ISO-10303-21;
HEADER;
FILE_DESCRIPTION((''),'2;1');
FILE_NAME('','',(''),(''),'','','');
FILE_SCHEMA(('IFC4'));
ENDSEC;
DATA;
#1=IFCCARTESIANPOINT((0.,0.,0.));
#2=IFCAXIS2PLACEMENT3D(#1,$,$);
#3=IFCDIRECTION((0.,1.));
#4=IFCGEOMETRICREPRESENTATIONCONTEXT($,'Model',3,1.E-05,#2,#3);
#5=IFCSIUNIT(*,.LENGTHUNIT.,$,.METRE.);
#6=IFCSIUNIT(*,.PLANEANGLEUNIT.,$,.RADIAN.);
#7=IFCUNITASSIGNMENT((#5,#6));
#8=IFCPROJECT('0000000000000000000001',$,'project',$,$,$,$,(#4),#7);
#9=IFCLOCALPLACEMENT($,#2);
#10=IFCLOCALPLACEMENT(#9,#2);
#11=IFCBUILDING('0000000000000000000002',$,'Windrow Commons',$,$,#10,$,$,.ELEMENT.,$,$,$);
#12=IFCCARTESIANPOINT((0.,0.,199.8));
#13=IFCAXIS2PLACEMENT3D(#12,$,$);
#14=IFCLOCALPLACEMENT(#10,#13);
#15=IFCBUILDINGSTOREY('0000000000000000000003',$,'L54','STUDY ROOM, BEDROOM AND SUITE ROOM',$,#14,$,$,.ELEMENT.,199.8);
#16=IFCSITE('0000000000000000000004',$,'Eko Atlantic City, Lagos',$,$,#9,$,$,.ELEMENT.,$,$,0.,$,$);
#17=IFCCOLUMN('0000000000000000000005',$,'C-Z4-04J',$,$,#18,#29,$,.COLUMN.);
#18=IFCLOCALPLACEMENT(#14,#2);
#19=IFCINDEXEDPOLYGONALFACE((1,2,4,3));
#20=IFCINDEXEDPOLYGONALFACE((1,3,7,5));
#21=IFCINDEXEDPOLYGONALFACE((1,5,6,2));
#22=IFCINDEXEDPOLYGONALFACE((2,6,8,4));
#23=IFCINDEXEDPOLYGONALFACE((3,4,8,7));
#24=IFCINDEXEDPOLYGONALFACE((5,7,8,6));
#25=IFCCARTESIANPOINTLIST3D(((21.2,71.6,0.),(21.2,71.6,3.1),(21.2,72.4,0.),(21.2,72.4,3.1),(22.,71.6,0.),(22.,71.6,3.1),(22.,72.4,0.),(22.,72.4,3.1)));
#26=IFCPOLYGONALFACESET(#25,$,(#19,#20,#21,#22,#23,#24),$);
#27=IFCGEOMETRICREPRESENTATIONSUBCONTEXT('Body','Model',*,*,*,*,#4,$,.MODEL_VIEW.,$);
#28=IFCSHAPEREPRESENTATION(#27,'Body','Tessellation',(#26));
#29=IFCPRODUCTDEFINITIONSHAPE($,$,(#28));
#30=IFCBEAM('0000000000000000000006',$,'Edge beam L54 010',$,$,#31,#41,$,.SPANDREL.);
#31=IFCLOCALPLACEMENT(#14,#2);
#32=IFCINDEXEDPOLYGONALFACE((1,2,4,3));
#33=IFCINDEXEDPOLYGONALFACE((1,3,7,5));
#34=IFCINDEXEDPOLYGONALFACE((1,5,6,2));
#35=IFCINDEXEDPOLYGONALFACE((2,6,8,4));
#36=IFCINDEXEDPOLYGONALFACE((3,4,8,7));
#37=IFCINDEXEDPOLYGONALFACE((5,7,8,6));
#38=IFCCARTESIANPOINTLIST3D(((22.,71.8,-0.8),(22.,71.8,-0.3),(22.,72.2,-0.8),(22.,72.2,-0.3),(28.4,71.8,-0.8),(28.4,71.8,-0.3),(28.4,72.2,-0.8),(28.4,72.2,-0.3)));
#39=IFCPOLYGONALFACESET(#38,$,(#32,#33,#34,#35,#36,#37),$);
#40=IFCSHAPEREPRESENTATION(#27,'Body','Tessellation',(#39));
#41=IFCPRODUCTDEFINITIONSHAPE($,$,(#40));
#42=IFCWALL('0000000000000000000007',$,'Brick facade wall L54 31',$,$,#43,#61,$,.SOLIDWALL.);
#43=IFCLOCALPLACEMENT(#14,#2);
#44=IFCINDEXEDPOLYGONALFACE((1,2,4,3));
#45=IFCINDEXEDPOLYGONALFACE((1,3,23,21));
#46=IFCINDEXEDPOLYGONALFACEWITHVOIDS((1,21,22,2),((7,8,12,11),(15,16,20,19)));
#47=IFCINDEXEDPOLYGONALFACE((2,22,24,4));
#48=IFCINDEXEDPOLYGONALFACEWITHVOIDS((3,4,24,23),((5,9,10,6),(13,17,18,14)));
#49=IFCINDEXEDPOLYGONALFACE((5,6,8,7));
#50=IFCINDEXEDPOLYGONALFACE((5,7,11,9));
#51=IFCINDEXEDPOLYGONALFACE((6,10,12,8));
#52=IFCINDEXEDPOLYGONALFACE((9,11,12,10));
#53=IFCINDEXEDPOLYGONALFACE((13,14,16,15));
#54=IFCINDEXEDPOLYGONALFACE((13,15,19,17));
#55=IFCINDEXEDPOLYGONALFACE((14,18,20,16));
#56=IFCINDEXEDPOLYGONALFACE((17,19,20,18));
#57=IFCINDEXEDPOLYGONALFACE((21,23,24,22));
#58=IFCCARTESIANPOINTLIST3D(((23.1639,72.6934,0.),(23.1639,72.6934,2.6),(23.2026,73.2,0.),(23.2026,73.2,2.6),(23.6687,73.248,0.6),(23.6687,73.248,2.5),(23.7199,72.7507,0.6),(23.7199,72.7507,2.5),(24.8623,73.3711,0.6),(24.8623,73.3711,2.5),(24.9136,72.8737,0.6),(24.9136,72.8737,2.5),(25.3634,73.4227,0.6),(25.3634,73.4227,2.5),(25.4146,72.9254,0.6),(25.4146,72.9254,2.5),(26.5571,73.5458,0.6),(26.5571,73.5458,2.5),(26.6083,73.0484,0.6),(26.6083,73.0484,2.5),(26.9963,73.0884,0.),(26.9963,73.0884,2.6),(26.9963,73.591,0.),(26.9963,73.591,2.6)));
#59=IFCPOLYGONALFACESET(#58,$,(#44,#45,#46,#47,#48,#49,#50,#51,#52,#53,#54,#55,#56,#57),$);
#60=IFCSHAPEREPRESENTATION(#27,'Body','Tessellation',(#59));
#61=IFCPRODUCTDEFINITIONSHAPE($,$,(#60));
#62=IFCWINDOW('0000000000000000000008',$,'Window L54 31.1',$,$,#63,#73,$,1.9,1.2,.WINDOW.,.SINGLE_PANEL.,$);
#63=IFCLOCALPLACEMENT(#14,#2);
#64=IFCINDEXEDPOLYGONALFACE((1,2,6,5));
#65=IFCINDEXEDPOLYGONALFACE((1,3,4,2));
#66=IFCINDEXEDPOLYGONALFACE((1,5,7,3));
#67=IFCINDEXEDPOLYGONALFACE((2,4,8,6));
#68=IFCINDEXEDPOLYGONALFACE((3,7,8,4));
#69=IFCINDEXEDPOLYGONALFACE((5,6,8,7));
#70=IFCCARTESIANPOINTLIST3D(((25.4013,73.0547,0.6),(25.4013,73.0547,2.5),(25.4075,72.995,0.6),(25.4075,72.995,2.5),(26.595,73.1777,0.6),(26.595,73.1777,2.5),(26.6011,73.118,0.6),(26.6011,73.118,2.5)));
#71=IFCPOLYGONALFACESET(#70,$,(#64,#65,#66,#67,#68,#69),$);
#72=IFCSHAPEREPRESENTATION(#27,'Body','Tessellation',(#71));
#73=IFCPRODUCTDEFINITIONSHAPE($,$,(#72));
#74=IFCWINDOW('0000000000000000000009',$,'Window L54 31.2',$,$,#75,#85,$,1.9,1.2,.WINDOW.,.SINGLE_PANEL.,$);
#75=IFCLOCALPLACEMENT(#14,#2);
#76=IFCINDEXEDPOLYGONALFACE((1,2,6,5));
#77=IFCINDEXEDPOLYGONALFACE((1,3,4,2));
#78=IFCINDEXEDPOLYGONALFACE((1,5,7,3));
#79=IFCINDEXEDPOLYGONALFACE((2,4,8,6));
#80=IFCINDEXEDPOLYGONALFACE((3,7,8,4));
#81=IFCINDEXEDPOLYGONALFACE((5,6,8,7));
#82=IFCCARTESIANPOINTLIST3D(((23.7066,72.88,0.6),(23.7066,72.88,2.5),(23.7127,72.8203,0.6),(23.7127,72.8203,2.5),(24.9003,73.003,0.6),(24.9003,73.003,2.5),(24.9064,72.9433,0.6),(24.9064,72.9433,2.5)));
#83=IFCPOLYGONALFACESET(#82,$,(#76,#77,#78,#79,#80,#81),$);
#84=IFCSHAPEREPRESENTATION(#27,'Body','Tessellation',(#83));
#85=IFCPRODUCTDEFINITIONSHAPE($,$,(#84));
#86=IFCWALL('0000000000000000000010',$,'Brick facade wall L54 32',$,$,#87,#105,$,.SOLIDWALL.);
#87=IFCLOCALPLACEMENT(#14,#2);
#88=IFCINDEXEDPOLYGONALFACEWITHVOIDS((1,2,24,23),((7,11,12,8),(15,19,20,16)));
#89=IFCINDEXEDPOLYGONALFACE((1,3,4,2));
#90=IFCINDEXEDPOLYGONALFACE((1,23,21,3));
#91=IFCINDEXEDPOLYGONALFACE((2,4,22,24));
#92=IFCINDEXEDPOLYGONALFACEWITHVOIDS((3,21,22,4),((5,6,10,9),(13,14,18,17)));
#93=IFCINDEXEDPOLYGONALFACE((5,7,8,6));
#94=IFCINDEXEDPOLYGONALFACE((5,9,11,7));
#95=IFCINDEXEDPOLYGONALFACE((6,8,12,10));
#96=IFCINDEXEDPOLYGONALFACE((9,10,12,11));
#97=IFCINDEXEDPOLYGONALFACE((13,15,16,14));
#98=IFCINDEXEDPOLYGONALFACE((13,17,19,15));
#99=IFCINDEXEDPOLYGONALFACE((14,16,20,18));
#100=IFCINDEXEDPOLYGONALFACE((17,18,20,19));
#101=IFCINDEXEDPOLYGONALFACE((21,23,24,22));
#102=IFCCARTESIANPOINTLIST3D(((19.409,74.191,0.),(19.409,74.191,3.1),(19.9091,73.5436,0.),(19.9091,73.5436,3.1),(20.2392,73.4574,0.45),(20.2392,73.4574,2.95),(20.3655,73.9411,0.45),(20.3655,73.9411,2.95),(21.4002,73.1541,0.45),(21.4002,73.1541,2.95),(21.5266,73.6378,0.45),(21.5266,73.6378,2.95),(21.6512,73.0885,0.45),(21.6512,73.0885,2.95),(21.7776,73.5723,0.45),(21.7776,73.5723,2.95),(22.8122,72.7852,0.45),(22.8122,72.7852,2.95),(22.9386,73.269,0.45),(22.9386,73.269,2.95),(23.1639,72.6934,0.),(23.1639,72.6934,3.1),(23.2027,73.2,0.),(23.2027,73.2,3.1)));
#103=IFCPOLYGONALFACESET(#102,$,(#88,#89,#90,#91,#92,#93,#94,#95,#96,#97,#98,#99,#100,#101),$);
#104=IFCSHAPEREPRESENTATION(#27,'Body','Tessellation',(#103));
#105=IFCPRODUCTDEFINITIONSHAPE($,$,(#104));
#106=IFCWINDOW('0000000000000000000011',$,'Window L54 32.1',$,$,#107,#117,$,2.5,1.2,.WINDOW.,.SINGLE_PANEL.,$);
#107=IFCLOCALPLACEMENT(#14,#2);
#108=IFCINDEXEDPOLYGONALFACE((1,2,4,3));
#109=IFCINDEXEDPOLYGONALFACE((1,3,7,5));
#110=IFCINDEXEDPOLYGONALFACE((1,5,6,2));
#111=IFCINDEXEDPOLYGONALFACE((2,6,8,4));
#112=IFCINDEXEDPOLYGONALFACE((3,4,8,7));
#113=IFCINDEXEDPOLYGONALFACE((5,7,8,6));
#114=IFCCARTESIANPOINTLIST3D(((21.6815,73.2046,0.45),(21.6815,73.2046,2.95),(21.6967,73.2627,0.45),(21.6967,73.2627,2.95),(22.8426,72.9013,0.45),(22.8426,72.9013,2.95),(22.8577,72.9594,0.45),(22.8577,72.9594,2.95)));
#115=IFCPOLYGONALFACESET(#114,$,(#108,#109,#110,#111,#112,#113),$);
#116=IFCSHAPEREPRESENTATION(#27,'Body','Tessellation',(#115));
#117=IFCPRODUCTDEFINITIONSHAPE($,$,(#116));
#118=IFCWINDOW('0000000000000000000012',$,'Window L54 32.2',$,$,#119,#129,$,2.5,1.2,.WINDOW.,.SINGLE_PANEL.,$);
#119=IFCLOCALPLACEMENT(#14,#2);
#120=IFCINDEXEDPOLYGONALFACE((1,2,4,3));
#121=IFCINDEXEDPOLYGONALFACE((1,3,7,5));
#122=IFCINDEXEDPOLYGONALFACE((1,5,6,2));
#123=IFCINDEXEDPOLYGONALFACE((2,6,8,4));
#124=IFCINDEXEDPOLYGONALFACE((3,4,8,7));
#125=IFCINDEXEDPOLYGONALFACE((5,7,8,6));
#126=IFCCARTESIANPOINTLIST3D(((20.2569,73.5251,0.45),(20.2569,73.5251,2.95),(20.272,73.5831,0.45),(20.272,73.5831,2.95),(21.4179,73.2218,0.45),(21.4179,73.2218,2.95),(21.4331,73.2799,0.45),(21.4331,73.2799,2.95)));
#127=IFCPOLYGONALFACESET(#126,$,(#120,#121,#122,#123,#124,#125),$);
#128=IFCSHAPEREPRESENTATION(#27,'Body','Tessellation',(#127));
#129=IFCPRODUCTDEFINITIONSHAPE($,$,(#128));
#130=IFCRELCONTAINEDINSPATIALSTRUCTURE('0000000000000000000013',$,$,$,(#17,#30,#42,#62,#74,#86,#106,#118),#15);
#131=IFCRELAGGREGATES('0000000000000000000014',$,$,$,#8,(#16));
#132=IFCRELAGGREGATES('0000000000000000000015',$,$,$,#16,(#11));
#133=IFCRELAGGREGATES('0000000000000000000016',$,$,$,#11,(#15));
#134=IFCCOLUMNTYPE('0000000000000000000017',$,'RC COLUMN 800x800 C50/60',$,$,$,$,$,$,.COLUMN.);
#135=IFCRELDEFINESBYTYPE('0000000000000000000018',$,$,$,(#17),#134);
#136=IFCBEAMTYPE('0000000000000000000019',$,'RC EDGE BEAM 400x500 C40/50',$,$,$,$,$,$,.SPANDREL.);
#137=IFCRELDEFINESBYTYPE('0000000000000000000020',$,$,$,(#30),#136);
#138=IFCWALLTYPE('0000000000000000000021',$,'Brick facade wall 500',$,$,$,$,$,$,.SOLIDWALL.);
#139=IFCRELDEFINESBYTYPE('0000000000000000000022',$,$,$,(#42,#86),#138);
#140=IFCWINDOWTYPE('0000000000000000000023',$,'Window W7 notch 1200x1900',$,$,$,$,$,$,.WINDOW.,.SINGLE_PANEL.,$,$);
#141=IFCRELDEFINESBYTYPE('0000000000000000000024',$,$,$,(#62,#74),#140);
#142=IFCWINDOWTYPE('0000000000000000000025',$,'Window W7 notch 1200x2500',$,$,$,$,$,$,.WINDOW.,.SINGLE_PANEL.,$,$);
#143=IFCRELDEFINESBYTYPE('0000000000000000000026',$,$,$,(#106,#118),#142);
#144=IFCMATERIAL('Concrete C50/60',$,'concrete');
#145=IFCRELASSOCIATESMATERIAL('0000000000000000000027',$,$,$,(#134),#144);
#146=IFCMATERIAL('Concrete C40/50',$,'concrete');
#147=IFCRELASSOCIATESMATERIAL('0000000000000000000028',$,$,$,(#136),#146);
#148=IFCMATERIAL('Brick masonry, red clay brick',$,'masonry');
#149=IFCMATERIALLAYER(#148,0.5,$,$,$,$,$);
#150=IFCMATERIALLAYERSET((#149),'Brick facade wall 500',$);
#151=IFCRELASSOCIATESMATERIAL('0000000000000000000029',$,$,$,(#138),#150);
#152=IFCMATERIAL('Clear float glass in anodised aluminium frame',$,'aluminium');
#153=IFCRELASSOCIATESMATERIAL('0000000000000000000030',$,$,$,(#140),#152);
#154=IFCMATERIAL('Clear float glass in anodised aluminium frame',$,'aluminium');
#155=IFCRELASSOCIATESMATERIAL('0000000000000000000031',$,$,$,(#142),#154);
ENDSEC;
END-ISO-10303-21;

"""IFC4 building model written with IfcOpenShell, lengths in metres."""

from ifc_helpers import new_model, si_unit, direction, frame, frame_2d, origin, origin_2d, place, context, subcontext, project, spatial, polyline, rectangle, outline, extrude, material, layer, layer_set, material_profile, profile_set, type_object, element, fill, save


model = new_model("IFC4")

# Units and contexts
model_context = context("Model", 3, precision=1e-05, world=origin(), true_north=direction((0.0, 1.0)))
body_context = subcontext(model_context, "Body", "Model", "MODEL_VIEW")
ifc_project = project(units=[si_unit("LENGTHUNIT", "METRE"), si_unit("PLANEANGLEUNIT", "RADIAN")], contexts=[model_context])

# Site, building, storey
site_placement = place(None, origin())
site = spatial("IfcSite", under=ifc_project, at=site_placement, Name="Eko Atlantic City, Lagos", CompositionType="ELEMENT", RefElevation=0.0)
building_placement = place(site_placement, origin())
building = spatial("IfcBuilding", under=site, at=building_placement, Name="Windrow Commons", CompositionType="ELEMENT")
storey_placement = place(building_placement, frame((0.0, 0.0, 199.8)))
storey = spatial("IfcBuildingStorey", under=building, at=storey_placement, Name="L54", Description="STUDY ROOM, BEDROOM AND SUITE ROOM", CompositionType="ELEMENT", Elevation=199.8)

# Column
ifc_material_1 = material(Name="Concrete C50/60", Category="concrete")
ifc_material_profile_1 = material_profile(ifc_material_1, rectangle(XDim=0.8, YDim=0.8, at=origin_2d()))
ifc_profile_set_1 = profile_set([ifc_material_profile_1], Name="Concrete C50/60")
column_type = type_object("IfcColumnType", Name="RC COLUMN 800x800 C50/60", PredefinedType="COLUMN", material=ifc_profile_set_1)
column_placement = place(storey_placement, frame((21.6, 72.0, 0.0), z_axis=(0.0, 0.0, 1.0), x_axis=(1.0, 0.0, 0.0)))
element("IfcColumn", 1, at=column_placement, inside=storey, type_object=column_type, Name="C-Z4-04J", PredefinedType="COLUMN", context=body_context, shape_type="SweptSolid", body=[
    extrude(rectangle(XDim=0.8, YDim=0.8, at=origin_2d()), origin(), (0.0, 0.0, 1.0), 3.1),
])

# Beam
ifc_material_2 = material(Name="Concrete C40/50", Category="concrete")
ifc_material_profile_2 = material_profile(ifc_material_2, rectangle(XDim=0.4, YDim=0.5, at=origin_2d()))
ifc_profile_set_2 = profile_set([ifc_material_profile_2], Name="Concrete C40/50")
beam_type = type_object("IfcBeamType", Name="RC EDGE BEAM 400x500 C40/50", PredefinedType="SPANDREL", material=ifc_profile_set_2)
beam_placement = place(storey_placement, frame((22.0, 72.0, -0.55), z_axis=(1.0, 0.0, 0.0), x_axis=(0.0, 1.0, 0.0)))
element("IfcBeam", 2, at=beam_placement, inside=storey, type_object=beam_type, Name="Edge beam L54 010", PredefinedType="SPANDREL", context=body_context, shape_type="SweptSolid", body=[
    extrude(rectangle(XDim=0.4, YDim=0.5, at=origin_2d()), origin(), (0.0, 0.0, 1.0), 6.4),
])

# Walls, openings, windows
ifc_material_3 = material(Name="Brick masonry, red clay brick", Category="masonry")
ifc_layer_1 = layer(ifc_material_3, 0.5)
ifc_layer_set_1 = layer_set([ifc_layer_1], Name="Brick facade wall 500")
wall_type_1 = type_object("IfcWallType", Name="Brick facade wall 500", PredefinedType="SOLIDWALL", material=ifc_layer_set_1)
wall_1_placement = place(storey_placement, frame((26.9963, 73.3397, 0.0), z_axis=(0.0, 0.0, 1.0), x_axis=(-0.99473, -0.102525, 0.0)))
wall_1 = element("IfcWall", 3, at=wall_1_placement, inside=storey, type_object=wall_type_1, Name="Brick facade wall L54 31", PredefinedType="SOLIDWALL", context=body_context, shape_type="SweptSolid", body=[
    extrude(outline(polyline([(-0.0258, -0.25), (3.788, -0.25), (3.8785, 0.25), (0.0258, 0.25), (-0.0258, -0.25)])), origin(), (0.0, 0.0, 1.0), 2.6),
])
opening_1_placement = place(wall_1_placement, frame((0.4158, 0.0, 0.6)))
opening_1 = element("IfcOpeningElement", 4, at=opening_1_placement, cuts=wall_1, PredefinedType="OPENING", context=body_context, shape_type="SweptSolid", body=[
    extrude(rectangle(XDim=1.2, YDim=1.9, at=frame_2d((0.6, 0.95))), frame((0.0, 0.26, 0.0), z_axis=(0.0, -1.0, 0.0), x_axis=(1.0, 0.0, 0.0)), (0.0, 0.0, 1.0), 0.52),
])
opening_2_placement = place(wall_1_placement, frame((2.1195, 0.0, 0.6)))
opening_2 = element("IfcOpeningElement", 5, at=opening_2_placement, cuts=wall_1, PredefinedType="OPENING", context=body_context, shape_type="SweptSolid", body=[
    extrude(rectangle(XDim=1.2, YDim=1.9, at=frame_2d((0.6, 0.95))), frame((0.0, 0.26, 0.0), z_axis=(0.0, -1.0, 0.0), x_axis=(1.0, 0.0, 0.0)), (0.0, 0.0, 1.0), 0.52),
])
ifc_material_4 = material(Name="Clear float glass in anodised aluminium frame", Category="aluminium")
window_type_1 = type_object("IfcWindowType", Name="Window W7 notch 1200x1900", PartitioningType="SINGLE_PANEL", PredefinedType="WINDOW", material=ifc_material_4)
window_1_placement = place(opening_1_placement, origin())
window_1 = element("IfcWindow", 6, at=window_1_placement, inside=storey, type_object=window_type_1, Name="Window L54 31.1", OverallHeight=1.9, OverallWidth=1.2, PartitioningType="SINGLE_PANEL", PredefinedType="WINDOW", context=body_context, shape_type="SweptSolid", body=[
    extrude(rectangle(XDim=1.2, YDim=1.9, at=frame_2d((0.6, 0.95))), frame((0.0, 0.18, 0.0), z_axis=(0.0, -1.0, 0.0), x_axis=(1.0, 0.0, 0.0)), (0.0, 0.0, 1.0), 0.06),
])
fill(opening_1, window_1)
window_2_placement = place(opening_2_placement, origin())
window_2 = element("IfcWindow", 7, at=window_2_placement, inside=storey, type_object=window_type_1, Name="Window L54 31.2", OverallHeight=1.9, OverallWidth=1.2, PartitioningType="SINGLE_PANEL", PredefinedType="WINDOW", context=body_context, shape_type="SweptSolid", body=[
    extrude(rectangle(XDim=1.2, YDim=1.9, at=frame_2d((0.6, 0.95))), frame((0.0, 0.18, 0.0), z_axis=(0.0, -1.0, 0.0), x_axis=(1.0, 0.0, 0.0)), (0.0, 0.0, 1.0), 0.06),
])
fill(opening_2, window_2)
wall_2_placement = place(storey_placement, frame((23.1833, 72.9467, 0.0), z_axis=(0.0, 0.0, 1.0), x_axis=(-0.967536, 0.252735, 0.0)))
wall_2 = element("IfcWall", 8, at=wall_2_placement, inside=storey, type_object=wall_type_1, Name="Brick facade wall L54 32", PredefinedType="SOLIDWALL", context=body_context, shape_type="SweptSolid", body=[
    extrude(outline(polyline([(0.0453, -0.25), (3.9662, -0.25), (3.3188, 0.25), (-0.0453, 0.25), (0.0453, -0.25)])), origin(), (0.0, 0.0, 1.0), 3.1),
])
opening_3_placement = place(wall_2_placement, frame((0.3182, 0.0, 0.45)))
opening_3 = element("IfcOpeningElement", 9, at=opening_3_placement, cuts=wall_2, PredefinedType="OPENING", context=body_context, shape_type="SweptSolid", body=[
    extrude(rectangle(XDim=1.2, YDim=2.5, at=frame_2d((0.6, 1.25))), frame((0.0, 0.26, 0.0), z_axis=(0.0, -1.0, 0.0), x_axis=(1.0, 0.0, 0.0)), (0.0, 0.0, 1.0), 0.52),
])
opening_4_placement = place(wall_2_placement, frame((1.7776, 0.0, 0.45)))
opening_4 = element("IfcOpeningElement", 10, at=opening_4_placement, cuts=wall_2, PredefinedType="OPENING", context=body_context, shape_type="SweptSolid", body=[
    extrude(rectangle(XDim=1.2, YDim=2.5, at=frame_2d((0.6, 1.25))), frame((0.0, 0.26, 0.0), z_axis=(0.0, -1.0, 0.0), x_axis=(1.0, 0.0, 0.0)), (0.0, 0.0, 1.0), 0.52),
])
ifc_material_5 = material(Name="Clear float glass in anodised aluminium frame", Category="aluminium")
window_type_2 = type_object("IfcWindowType", Name="Window W7 notch 1200x2500", PartitioningType="SINGLE_PANEL", PredefinedType="WINDOW", material=ifc_material_5)
window_3_placement = place(opening_3_placement, origin())
window_3 = element("IfcWindow", 11, at=window_3_placement, inside=storey, type_object=window_type_2, Name="Window L54 32.1", OverallHeight=2.5, OverallWidth=1.2, PartitioningType="SINGLE_PANEL", PredefinedType="WINDOW", context=body_context, shape_type="SweptSolid", body=[
    extrude(rectangle(XDim=1.2, YDim=2.5, at=frame_2d((0.6, 1.25))), frame((0.0, 0.13, 0.0), z_axis=(0.0, -1.0, 0.0), x_axis=(1.0, 0.0, 0.0)), (0.0, 0.0, 1.0), 0.06),
])
fill(opening_3, window_3)
window_4_placement = place(opening_4_placement, origin())
window_4 = element("IfcWindow", 12, at=window_4_placement, inside=storey, type_object=window_type_2, Name="Window L54 32.2", OverallHeight=2.5, OverallWidth=1.2, PartitioningType="SINGLE_PANEL", PredefinedType="WINDOW", context=body_context, shape_type="SweptSolid", body=[
    extrude(rectangle(XDim=1.2, YDim=2.5, at=frame_2d((0.6, 1.25))), frame((0.0, 0.18, 0.0), z_axis=(0.0, -1.0, 0.0), x_axis=(1.0, 0.0, 0.0)), (0.0, 0.0, 1.0), 0.06),
])
fill(opening_4, window_4)

save(model, "model.ifc")
